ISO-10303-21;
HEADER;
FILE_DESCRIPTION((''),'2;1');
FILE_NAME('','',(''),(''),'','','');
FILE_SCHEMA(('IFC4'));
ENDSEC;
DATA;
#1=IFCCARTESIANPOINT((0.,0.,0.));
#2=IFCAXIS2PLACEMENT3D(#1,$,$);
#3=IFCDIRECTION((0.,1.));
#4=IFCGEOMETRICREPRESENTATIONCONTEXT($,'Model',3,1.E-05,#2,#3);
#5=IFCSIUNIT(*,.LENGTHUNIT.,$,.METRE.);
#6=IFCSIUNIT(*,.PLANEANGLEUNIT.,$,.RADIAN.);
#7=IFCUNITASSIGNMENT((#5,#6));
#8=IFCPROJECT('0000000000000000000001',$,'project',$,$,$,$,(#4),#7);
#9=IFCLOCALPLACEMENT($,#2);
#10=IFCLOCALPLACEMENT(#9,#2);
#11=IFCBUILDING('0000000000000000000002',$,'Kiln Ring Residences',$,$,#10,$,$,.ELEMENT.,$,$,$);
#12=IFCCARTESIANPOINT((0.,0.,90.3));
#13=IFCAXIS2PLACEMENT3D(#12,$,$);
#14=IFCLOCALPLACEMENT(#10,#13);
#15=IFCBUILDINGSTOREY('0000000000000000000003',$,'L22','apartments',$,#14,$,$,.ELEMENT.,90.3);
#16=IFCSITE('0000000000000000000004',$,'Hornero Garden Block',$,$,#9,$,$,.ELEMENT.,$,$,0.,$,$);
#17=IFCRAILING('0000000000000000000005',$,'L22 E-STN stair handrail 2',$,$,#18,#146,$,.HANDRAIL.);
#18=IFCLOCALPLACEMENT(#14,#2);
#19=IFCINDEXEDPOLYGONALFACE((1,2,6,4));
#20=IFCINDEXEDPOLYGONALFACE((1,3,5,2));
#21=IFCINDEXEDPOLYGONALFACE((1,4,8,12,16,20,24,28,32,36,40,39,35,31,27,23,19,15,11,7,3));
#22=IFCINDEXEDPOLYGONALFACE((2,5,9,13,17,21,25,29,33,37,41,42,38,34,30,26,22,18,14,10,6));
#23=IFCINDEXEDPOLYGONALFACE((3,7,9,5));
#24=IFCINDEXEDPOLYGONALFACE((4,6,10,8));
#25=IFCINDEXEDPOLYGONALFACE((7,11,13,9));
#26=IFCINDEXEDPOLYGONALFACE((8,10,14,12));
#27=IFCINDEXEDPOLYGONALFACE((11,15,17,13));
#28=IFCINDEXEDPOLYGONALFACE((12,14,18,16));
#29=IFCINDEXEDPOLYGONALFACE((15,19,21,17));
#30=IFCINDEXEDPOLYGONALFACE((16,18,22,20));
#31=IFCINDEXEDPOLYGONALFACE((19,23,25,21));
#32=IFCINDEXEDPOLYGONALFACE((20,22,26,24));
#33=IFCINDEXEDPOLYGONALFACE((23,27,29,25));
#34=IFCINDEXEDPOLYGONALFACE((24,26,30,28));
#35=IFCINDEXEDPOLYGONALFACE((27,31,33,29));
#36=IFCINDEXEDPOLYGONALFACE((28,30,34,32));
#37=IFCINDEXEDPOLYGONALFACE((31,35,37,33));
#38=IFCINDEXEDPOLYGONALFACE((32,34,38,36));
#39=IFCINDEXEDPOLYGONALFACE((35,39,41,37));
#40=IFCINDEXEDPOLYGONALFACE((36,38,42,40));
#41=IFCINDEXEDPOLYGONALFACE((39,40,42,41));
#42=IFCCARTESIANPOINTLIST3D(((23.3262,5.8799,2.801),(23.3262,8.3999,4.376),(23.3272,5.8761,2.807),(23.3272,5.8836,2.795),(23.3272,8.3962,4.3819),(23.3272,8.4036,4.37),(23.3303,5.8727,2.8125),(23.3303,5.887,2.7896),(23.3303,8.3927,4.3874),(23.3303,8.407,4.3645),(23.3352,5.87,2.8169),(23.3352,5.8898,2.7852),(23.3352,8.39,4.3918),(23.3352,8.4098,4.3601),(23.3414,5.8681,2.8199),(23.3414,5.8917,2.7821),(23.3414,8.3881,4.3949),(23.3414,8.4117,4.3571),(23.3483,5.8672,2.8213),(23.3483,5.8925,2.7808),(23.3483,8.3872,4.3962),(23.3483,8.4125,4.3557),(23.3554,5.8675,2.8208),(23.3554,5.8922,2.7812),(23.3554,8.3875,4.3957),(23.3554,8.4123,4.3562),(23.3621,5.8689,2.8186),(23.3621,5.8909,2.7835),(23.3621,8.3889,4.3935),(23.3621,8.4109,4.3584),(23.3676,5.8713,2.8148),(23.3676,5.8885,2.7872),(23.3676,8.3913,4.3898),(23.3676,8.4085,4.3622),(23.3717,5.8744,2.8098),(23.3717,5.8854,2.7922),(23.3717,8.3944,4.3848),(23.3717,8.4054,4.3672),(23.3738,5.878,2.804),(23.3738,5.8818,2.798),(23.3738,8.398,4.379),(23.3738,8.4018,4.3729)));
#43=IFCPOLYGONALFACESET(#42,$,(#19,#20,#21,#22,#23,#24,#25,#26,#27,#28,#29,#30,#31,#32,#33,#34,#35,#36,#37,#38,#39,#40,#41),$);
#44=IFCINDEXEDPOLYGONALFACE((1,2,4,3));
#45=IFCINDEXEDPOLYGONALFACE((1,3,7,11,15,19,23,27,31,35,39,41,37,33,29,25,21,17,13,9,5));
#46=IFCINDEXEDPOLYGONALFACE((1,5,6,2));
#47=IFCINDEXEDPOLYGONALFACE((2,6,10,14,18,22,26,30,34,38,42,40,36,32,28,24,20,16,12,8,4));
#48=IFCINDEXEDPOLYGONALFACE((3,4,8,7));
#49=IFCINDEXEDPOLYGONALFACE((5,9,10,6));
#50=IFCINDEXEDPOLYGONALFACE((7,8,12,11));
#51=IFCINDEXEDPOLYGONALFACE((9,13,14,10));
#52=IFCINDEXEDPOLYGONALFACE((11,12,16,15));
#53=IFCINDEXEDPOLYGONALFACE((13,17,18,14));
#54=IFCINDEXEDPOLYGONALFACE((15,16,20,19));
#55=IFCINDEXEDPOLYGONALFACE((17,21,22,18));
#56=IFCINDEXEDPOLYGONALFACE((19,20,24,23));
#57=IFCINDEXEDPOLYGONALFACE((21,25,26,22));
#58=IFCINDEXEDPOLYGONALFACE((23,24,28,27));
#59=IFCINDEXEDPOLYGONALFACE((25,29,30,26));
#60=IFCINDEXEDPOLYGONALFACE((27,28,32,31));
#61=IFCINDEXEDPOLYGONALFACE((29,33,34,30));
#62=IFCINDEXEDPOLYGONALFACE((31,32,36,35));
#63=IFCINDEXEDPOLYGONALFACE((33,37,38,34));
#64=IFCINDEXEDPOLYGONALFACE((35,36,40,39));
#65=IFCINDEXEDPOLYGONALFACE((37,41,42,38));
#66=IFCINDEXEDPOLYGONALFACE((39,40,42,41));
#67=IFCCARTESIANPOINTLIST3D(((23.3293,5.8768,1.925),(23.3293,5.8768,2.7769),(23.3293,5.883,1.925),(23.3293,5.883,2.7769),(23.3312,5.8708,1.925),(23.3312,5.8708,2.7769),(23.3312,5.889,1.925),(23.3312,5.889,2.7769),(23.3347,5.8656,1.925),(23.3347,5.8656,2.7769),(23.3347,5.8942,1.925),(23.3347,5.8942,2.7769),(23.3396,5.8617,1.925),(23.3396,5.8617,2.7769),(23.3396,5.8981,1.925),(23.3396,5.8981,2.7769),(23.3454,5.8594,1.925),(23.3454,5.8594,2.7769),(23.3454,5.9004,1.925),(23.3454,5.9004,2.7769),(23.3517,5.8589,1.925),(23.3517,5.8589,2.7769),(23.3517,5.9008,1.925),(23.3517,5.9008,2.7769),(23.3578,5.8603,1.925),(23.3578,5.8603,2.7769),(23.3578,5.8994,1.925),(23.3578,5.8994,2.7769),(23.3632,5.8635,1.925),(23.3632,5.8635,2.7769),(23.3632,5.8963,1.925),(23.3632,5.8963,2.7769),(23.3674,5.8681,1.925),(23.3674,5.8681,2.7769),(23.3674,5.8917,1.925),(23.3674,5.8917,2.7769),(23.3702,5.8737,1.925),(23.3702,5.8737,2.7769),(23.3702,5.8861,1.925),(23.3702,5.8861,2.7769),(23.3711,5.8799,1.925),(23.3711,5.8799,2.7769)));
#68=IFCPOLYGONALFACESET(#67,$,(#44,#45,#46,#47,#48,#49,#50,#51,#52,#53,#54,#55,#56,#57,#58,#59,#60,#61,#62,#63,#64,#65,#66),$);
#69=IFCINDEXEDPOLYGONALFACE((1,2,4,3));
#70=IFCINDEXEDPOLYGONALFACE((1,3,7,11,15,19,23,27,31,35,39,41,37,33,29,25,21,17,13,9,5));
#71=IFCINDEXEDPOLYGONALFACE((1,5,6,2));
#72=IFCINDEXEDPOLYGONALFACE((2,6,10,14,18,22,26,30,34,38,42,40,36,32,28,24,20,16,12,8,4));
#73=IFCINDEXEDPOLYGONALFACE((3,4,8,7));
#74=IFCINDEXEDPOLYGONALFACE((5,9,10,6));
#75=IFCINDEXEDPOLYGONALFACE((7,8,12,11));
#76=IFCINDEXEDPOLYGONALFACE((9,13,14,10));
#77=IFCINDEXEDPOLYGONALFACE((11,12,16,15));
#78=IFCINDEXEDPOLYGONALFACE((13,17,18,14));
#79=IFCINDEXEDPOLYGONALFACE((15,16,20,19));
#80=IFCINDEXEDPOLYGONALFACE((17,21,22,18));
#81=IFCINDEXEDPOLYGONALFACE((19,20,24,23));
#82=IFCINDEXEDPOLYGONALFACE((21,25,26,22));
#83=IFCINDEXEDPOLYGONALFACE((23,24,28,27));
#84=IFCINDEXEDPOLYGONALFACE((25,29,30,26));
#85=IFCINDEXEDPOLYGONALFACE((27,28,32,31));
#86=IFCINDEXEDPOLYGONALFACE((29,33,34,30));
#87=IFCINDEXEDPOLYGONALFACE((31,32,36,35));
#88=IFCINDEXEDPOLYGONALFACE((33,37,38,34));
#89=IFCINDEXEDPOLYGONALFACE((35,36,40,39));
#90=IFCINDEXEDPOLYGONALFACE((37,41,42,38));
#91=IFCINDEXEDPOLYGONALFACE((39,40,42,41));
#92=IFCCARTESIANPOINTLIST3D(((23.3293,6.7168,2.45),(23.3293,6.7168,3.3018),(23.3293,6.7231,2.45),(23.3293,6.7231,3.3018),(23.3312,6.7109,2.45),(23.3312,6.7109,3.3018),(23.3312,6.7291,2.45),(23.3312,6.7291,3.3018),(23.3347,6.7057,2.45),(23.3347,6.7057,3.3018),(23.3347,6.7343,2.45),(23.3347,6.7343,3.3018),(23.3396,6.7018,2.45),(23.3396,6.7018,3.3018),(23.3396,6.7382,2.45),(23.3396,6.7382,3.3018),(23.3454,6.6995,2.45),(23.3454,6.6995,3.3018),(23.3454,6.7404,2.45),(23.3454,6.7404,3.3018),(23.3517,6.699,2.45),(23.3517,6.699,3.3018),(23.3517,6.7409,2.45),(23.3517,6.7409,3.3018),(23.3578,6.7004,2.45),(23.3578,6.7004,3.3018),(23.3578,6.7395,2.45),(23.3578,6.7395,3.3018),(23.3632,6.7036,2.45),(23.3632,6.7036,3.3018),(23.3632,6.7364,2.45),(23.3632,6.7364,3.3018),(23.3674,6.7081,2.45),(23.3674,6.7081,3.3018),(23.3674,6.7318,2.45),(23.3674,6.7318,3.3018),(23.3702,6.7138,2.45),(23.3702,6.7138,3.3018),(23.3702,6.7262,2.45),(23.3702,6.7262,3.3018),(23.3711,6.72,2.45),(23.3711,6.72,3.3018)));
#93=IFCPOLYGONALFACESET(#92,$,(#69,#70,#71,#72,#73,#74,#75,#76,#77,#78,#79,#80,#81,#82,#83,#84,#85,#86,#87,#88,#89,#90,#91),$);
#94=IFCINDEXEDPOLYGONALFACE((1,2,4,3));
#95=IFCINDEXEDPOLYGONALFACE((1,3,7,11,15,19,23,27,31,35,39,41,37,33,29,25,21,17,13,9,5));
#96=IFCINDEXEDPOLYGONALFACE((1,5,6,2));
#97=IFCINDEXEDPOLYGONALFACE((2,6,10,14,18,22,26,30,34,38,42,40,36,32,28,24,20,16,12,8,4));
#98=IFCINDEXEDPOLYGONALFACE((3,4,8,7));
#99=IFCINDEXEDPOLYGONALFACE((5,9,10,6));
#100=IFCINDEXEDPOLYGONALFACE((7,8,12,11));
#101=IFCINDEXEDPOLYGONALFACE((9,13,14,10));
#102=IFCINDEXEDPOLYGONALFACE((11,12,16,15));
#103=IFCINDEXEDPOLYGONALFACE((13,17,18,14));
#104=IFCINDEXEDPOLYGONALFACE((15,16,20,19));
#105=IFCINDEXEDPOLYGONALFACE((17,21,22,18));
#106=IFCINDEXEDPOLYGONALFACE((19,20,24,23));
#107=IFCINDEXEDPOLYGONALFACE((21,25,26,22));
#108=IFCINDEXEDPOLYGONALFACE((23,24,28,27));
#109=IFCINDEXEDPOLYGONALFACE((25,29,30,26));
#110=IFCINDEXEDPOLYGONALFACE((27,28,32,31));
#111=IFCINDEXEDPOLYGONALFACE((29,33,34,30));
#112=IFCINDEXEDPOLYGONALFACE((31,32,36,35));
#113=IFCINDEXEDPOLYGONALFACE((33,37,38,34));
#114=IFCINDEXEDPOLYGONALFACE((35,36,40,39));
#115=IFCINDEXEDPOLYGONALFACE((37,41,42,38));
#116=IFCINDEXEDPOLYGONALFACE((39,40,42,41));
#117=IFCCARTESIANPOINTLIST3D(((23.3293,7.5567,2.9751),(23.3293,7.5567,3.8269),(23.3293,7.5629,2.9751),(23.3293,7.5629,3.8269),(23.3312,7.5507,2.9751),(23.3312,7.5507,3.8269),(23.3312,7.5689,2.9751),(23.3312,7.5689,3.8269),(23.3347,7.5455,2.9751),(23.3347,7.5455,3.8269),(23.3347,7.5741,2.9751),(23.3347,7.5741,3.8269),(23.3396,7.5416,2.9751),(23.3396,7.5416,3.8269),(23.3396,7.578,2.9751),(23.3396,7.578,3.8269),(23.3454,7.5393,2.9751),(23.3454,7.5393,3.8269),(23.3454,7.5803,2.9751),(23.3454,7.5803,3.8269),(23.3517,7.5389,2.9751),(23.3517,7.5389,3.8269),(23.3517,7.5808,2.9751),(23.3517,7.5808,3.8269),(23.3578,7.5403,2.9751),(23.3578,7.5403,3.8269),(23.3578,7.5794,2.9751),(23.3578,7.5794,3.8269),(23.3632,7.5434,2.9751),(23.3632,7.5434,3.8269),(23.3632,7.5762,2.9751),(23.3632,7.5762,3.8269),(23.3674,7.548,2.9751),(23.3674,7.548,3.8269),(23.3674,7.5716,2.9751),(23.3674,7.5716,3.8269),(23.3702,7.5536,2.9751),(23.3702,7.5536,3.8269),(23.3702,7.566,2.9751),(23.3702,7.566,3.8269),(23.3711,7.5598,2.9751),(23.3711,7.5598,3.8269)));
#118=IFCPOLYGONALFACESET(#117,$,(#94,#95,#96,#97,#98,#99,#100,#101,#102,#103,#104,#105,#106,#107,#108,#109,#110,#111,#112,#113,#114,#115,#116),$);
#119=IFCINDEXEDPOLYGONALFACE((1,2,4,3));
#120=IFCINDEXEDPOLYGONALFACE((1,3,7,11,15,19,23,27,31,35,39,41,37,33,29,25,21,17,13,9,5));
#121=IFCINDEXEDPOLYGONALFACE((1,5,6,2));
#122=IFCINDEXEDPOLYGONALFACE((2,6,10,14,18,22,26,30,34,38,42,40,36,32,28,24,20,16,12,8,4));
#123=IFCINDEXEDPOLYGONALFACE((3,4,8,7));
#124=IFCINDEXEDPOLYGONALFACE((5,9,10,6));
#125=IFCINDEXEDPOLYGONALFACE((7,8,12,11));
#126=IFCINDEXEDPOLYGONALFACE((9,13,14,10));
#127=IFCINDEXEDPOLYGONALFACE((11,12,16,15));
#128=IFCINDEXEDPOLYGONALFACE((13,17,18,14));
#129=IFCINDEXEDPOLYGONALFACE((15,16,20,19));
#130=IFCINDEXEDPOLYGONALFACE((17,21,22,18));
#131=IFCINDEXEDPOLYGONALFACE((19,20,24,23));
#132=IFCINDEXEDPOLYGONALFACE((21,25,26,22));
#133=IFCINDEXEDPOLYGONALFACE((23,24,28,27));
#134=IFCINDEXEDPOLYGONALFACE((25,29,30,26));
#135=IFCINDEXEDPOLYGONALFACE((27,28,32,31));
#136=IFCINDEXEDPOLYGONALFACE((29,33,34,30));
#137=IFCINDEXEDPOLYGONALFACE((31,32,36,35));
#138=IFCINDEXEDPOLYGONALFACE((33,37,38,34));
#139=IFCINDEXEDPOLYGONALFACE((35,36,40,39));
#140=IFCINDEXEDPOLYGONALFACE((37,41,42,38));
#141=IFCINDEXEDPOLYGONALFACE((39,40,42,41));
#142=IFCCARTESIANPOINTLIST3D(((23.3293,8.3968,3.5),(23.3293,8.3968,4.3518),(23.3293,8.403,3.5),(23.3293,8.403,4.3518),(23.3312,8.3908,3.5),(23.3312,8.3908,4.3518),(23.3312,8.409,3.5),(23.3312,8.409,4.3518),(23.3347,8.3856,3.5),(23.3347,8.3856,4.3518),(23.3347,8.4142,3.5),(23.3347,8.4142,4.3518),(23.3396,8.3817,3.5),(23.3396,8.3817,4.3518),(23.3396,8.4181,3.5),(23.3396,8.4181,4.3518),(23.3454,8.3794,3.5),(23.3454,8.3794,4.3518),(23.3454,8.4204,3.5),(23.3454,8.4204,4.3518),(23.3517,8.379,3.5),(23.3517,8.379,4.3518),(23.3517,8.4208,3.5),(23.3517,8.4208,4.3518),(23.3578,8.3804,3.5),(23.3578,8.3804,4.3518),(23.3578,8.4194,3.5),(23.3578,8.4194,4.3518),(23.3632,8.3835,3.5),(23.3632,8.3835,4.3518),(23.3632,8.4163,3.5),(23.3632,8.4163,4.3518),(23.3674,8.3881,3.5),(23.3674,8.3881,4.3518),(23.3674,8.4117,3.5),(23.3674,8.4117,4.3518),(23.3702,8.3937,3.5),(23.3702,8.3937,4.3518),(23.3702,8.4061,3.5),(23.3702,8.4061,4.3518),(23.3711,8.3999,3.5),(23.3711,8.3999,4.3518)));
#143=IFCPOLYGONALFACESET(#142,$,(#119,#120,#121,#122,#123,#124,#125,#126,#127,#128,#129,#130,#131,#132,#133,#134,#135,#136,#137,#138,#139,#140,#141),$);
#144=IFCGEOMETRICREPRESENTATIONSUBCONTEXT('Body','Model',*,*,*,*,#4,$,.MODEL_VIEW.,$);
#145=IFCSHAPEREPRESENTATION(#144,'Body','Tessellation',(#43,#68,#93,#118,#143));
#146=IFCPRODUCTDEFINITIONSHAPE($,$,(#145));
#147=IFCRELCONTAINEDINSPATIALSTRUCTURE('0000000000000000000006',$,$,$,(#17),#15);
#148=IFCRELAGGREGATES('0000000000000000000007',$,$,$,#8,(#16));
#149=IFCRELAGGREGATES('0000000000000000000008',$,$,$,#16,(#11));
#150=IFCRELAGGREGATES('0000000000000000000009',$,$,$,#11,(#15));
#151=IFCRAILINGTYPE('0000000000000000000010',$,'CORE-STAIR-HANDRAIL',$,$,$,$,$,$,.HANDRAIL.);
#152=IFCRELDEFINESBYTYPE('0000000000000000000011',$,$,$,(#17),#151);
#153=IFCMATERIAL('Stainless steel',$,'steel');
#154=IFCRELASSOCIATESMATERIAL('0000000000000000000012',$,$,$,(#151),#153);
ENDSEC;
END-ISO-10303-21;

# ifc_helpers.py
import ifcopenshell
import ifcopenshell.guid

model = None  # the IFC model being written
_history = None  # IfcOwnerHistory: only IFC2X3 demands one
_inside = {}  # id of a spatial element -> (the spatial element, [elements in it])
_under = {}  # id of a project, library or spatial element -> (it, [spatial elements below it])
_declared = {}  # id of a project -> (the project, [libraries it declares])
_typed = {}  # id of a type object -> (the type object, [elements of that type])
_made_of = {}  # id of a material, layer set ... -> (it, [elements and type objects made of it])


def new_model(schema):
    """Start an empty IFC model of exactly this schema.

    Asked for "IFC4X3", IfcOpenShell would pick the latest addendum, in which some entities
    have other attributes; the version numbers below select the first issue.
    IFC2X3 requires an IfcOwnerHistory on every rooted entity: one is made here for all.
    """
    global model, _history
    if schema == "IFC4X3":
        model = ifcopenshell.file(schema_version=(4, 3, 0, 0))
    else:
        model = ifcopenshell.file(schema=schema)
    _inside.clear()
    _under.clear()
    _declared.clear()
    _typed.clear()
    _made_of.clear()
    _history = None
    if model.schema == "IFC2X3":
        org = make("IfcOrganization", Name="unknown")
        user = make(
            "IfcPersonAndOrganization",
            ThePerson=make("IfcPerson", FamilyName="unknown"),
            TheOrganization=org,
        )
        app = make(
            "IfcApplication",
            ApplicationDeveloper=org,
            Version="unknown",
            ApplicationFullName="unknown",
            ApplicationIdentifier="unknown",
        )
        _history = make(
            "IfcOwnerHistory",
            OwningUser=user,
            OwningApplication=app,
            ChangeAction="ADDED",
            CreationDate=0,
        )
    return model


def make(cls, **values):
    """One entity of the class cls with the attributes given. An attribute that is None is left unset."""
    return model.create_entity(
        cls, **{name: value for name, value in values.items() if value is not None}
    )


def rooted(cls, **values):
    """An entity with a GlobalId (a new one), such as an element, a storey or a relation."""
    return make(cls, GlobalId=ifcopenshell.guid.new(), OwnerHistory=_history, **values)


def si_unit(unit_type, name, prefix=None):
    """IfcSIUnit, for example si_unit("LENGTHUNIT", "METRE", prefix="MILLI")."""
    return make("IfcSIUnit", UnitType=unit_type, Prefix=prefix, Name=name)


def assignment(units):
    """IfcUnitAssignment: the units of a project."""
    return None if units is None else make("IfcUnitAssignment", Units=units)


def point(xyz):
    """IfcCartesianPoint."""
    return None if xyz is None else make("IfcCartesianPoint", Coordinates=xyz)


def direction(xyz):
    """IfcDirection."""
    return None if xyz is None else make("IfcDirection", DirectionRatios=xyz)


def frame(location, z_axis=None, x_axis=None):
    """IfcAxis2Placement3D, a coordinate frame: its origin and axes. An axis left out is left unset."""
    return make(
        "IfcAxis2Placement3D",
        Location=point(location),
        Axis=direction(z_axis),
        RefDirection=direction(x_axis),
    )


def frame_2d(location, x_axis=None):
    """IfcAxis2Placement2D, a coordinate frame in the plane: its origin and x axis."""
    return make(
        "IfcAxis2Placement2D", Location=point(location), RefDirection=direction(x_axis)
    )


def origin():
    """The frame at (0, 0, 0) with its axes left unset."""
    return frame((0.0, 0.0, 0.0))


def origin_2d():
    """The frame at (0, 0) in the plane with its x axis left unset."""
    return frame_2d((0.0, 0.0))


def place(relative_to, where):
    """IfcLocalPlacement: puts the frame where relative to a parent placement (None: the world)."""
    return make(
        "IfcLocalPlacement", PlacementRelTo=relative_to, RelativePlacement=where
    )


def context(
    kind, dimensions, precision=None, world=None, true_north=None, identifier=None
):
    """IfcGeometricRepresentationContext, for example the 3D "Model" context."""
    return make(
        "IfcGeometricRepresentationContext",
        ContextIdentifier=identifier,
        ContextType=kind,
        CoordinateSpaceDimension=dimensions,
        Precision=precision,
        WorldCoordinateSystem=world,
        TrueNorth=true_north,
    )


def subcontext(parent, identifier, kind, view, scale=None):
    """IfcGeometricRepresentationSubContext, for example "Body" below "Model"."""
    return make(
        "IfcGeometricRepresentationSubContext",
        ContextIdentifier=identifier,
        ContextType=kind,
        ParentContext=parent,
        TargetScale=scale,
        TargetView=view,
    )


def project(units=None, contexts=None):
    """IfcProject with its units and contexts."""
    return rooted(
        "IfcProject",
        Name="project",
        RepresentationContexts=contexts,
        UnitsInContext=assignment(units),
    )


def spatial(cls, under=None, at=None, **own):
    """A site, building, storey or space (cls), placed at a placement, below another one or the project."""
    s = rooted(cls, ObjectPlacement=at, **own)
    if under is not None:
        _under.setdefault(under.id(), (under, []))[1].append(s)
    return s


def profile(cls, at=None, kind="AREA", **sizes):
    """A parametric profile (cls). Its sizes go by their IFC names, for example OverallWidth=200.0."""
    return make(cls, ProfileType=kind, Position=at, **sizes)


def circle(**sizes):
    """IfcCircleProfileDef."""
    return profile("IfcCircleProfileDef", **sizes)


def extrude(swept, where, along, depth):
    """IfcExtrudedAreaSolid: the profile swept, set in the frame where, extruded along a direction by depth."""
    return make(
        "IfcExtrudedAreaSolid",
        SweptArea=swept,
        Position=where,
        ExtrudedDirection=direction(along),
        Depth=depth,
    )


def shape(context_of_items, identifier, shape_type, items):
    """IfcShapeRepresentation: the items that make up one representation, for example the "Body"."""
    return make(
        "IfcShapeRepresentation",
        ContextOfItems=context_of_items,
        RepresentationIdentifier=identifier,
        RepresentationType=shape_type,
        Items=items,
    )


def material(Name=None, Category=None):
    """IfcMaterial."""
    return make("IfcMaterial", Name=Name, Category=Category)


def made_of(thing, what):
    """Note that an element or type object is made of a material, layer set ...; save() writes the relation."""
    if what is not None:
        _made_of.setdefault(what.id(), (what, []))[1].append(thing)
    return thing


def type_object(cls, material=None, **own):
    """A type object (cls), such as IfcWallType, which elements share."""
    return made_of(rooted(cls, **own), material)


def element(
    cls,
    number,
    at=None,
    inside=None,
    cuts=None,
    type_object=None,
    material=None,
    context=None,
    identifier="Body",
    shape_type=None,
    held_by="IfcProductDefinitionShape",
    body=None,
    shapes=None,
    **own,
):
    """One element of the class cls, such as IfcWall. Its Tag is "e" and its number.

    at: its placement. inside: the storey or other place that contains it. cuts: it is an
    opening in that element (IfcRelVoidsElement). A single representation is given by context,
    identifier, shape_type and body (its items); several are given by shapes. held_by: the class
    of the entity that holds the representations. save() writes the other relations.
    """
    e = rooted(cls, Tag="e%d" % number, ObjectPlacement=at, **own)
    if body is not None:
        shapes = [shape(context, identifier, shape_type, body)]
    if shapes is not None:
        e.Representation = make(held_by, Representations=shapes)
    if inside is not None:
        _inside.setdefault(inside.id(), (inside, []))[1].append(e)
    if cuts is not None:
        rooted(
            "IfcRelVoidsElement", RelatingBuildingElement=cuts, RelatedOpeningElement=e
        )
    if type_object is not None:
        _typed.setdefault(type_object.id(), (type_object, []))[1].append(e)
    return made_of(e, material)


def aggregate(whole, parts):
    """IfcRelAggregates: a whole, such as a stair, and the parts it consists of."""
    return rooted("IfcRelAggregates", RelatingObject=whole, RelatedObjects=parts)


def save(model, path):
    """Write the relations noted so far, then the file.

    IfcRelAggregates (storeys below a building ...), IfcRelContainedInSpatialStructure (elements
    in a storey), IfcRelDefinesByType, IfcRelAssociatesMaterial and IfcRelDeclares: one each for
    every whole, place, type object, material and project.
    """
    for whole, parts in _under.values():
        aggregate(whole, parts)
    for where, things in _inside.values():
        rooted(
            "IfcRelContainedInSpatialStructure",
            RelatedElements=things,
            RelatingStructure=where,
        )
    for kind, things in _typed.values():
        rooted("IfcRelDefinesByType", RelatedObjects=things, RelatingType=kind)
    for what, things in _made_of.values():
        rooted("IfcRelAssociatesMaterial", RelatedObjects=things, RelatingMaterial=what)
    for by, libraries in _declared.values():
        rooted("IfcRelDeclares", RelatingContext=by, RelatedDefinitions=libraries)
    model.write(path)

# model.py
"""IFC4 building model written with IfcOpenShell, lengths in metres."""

from ifc_helpers import new_model, si_unit, direction, frame, origin, origin_2d, place, context, subcontext, project, spatial, circle, extrude, material, type_object, element, save


model = new_model("IFC4")

# Units and contexts
model_context = context("Model", 3, precision=1e-05, world=origin(), true_north=direction((0.0, 1.0)))
body_context = subcontext(model_context, "Body", "Model", "MODEL_VIEW")
ifc_project = project(units=[si_unit("LENGTHUNIT", "METRE"), si_unit("PLANEANGLEUNIT", "RADIAN")], contexts=[model_context])

# Site, building, storey
site_placement = place(None, origin())
site = spatial("IfcSite", under=ifc_project, at=site_placement, Name="Hornero Garden Block", CompositionType="ELEMENT", RefElevation=0.0)
building_placement = place(site_placement, origin())
building = spatial("IfcBuilding", under=site, at=building_placement, Name="Kiln Ring Residences", CompositionType="ELEMENT")
storey_placement = place(building_placement, frame((0.0, 0.0, 90.3)))
storey = spatial("IfcBuildingStorey", under=building, at=storey_placement, Name="L22", Description="apartments", CompositionType="ELEMENT", Elevation=90.3)

# Railing
ifc_material_1 = material(Name="Stainless steel", Category="steel")
railing_type_1 = type_object("IfcRailingType", Name="CORE-STAIR-HANDRAIL", PredefinedType="HANDRAIL", material=ifc_material_1)
railing_1_placement = place(storey_placement, frame((23.3501, 5.8799, 1.925)))
element("IfcRailing", 1, at=railing_1_placement, inside=storey, type_object=railing_type_1, Name="L22 E-STN stair handrail 2", PredefinedType="HANDRAIL", context=body_context, shape_type="SweptSolid", body=[
    extrude(circle(Radius=0.0239, at=origin_2d()), frame((0.0, 0.0, 0.876), z_axis=(0.0, 0.848008, 0.529984), x_axis=(-1.0, 0.0, 0.0)), (0.0, 0.0, 1.0), 2.9717),
    extrude(circle(Radius=0.021, at=origin_2d()), origin(), (0.0, 0.0, 1.0), 0.8518),
    extrude(circle(Radius=0.021, at=origin_2d()), frame((0.0, 0.8401, 0.5249)), (0.0, 0.0, 1.0), 0.8518),
    extrude(circle(Radius=0.021, at=origin_2d()), frame((0.0, 1.6799, 1.05)), (0.0, 0.0, 1.0), 0.8518),
    extrude(circle(Radius=0.021, at=origin_2d()), frame((0.0, 2.52, 1.575)), (0.0, 0.0, 1.0), 0.8518),
])

save(model, "model.ifc")
